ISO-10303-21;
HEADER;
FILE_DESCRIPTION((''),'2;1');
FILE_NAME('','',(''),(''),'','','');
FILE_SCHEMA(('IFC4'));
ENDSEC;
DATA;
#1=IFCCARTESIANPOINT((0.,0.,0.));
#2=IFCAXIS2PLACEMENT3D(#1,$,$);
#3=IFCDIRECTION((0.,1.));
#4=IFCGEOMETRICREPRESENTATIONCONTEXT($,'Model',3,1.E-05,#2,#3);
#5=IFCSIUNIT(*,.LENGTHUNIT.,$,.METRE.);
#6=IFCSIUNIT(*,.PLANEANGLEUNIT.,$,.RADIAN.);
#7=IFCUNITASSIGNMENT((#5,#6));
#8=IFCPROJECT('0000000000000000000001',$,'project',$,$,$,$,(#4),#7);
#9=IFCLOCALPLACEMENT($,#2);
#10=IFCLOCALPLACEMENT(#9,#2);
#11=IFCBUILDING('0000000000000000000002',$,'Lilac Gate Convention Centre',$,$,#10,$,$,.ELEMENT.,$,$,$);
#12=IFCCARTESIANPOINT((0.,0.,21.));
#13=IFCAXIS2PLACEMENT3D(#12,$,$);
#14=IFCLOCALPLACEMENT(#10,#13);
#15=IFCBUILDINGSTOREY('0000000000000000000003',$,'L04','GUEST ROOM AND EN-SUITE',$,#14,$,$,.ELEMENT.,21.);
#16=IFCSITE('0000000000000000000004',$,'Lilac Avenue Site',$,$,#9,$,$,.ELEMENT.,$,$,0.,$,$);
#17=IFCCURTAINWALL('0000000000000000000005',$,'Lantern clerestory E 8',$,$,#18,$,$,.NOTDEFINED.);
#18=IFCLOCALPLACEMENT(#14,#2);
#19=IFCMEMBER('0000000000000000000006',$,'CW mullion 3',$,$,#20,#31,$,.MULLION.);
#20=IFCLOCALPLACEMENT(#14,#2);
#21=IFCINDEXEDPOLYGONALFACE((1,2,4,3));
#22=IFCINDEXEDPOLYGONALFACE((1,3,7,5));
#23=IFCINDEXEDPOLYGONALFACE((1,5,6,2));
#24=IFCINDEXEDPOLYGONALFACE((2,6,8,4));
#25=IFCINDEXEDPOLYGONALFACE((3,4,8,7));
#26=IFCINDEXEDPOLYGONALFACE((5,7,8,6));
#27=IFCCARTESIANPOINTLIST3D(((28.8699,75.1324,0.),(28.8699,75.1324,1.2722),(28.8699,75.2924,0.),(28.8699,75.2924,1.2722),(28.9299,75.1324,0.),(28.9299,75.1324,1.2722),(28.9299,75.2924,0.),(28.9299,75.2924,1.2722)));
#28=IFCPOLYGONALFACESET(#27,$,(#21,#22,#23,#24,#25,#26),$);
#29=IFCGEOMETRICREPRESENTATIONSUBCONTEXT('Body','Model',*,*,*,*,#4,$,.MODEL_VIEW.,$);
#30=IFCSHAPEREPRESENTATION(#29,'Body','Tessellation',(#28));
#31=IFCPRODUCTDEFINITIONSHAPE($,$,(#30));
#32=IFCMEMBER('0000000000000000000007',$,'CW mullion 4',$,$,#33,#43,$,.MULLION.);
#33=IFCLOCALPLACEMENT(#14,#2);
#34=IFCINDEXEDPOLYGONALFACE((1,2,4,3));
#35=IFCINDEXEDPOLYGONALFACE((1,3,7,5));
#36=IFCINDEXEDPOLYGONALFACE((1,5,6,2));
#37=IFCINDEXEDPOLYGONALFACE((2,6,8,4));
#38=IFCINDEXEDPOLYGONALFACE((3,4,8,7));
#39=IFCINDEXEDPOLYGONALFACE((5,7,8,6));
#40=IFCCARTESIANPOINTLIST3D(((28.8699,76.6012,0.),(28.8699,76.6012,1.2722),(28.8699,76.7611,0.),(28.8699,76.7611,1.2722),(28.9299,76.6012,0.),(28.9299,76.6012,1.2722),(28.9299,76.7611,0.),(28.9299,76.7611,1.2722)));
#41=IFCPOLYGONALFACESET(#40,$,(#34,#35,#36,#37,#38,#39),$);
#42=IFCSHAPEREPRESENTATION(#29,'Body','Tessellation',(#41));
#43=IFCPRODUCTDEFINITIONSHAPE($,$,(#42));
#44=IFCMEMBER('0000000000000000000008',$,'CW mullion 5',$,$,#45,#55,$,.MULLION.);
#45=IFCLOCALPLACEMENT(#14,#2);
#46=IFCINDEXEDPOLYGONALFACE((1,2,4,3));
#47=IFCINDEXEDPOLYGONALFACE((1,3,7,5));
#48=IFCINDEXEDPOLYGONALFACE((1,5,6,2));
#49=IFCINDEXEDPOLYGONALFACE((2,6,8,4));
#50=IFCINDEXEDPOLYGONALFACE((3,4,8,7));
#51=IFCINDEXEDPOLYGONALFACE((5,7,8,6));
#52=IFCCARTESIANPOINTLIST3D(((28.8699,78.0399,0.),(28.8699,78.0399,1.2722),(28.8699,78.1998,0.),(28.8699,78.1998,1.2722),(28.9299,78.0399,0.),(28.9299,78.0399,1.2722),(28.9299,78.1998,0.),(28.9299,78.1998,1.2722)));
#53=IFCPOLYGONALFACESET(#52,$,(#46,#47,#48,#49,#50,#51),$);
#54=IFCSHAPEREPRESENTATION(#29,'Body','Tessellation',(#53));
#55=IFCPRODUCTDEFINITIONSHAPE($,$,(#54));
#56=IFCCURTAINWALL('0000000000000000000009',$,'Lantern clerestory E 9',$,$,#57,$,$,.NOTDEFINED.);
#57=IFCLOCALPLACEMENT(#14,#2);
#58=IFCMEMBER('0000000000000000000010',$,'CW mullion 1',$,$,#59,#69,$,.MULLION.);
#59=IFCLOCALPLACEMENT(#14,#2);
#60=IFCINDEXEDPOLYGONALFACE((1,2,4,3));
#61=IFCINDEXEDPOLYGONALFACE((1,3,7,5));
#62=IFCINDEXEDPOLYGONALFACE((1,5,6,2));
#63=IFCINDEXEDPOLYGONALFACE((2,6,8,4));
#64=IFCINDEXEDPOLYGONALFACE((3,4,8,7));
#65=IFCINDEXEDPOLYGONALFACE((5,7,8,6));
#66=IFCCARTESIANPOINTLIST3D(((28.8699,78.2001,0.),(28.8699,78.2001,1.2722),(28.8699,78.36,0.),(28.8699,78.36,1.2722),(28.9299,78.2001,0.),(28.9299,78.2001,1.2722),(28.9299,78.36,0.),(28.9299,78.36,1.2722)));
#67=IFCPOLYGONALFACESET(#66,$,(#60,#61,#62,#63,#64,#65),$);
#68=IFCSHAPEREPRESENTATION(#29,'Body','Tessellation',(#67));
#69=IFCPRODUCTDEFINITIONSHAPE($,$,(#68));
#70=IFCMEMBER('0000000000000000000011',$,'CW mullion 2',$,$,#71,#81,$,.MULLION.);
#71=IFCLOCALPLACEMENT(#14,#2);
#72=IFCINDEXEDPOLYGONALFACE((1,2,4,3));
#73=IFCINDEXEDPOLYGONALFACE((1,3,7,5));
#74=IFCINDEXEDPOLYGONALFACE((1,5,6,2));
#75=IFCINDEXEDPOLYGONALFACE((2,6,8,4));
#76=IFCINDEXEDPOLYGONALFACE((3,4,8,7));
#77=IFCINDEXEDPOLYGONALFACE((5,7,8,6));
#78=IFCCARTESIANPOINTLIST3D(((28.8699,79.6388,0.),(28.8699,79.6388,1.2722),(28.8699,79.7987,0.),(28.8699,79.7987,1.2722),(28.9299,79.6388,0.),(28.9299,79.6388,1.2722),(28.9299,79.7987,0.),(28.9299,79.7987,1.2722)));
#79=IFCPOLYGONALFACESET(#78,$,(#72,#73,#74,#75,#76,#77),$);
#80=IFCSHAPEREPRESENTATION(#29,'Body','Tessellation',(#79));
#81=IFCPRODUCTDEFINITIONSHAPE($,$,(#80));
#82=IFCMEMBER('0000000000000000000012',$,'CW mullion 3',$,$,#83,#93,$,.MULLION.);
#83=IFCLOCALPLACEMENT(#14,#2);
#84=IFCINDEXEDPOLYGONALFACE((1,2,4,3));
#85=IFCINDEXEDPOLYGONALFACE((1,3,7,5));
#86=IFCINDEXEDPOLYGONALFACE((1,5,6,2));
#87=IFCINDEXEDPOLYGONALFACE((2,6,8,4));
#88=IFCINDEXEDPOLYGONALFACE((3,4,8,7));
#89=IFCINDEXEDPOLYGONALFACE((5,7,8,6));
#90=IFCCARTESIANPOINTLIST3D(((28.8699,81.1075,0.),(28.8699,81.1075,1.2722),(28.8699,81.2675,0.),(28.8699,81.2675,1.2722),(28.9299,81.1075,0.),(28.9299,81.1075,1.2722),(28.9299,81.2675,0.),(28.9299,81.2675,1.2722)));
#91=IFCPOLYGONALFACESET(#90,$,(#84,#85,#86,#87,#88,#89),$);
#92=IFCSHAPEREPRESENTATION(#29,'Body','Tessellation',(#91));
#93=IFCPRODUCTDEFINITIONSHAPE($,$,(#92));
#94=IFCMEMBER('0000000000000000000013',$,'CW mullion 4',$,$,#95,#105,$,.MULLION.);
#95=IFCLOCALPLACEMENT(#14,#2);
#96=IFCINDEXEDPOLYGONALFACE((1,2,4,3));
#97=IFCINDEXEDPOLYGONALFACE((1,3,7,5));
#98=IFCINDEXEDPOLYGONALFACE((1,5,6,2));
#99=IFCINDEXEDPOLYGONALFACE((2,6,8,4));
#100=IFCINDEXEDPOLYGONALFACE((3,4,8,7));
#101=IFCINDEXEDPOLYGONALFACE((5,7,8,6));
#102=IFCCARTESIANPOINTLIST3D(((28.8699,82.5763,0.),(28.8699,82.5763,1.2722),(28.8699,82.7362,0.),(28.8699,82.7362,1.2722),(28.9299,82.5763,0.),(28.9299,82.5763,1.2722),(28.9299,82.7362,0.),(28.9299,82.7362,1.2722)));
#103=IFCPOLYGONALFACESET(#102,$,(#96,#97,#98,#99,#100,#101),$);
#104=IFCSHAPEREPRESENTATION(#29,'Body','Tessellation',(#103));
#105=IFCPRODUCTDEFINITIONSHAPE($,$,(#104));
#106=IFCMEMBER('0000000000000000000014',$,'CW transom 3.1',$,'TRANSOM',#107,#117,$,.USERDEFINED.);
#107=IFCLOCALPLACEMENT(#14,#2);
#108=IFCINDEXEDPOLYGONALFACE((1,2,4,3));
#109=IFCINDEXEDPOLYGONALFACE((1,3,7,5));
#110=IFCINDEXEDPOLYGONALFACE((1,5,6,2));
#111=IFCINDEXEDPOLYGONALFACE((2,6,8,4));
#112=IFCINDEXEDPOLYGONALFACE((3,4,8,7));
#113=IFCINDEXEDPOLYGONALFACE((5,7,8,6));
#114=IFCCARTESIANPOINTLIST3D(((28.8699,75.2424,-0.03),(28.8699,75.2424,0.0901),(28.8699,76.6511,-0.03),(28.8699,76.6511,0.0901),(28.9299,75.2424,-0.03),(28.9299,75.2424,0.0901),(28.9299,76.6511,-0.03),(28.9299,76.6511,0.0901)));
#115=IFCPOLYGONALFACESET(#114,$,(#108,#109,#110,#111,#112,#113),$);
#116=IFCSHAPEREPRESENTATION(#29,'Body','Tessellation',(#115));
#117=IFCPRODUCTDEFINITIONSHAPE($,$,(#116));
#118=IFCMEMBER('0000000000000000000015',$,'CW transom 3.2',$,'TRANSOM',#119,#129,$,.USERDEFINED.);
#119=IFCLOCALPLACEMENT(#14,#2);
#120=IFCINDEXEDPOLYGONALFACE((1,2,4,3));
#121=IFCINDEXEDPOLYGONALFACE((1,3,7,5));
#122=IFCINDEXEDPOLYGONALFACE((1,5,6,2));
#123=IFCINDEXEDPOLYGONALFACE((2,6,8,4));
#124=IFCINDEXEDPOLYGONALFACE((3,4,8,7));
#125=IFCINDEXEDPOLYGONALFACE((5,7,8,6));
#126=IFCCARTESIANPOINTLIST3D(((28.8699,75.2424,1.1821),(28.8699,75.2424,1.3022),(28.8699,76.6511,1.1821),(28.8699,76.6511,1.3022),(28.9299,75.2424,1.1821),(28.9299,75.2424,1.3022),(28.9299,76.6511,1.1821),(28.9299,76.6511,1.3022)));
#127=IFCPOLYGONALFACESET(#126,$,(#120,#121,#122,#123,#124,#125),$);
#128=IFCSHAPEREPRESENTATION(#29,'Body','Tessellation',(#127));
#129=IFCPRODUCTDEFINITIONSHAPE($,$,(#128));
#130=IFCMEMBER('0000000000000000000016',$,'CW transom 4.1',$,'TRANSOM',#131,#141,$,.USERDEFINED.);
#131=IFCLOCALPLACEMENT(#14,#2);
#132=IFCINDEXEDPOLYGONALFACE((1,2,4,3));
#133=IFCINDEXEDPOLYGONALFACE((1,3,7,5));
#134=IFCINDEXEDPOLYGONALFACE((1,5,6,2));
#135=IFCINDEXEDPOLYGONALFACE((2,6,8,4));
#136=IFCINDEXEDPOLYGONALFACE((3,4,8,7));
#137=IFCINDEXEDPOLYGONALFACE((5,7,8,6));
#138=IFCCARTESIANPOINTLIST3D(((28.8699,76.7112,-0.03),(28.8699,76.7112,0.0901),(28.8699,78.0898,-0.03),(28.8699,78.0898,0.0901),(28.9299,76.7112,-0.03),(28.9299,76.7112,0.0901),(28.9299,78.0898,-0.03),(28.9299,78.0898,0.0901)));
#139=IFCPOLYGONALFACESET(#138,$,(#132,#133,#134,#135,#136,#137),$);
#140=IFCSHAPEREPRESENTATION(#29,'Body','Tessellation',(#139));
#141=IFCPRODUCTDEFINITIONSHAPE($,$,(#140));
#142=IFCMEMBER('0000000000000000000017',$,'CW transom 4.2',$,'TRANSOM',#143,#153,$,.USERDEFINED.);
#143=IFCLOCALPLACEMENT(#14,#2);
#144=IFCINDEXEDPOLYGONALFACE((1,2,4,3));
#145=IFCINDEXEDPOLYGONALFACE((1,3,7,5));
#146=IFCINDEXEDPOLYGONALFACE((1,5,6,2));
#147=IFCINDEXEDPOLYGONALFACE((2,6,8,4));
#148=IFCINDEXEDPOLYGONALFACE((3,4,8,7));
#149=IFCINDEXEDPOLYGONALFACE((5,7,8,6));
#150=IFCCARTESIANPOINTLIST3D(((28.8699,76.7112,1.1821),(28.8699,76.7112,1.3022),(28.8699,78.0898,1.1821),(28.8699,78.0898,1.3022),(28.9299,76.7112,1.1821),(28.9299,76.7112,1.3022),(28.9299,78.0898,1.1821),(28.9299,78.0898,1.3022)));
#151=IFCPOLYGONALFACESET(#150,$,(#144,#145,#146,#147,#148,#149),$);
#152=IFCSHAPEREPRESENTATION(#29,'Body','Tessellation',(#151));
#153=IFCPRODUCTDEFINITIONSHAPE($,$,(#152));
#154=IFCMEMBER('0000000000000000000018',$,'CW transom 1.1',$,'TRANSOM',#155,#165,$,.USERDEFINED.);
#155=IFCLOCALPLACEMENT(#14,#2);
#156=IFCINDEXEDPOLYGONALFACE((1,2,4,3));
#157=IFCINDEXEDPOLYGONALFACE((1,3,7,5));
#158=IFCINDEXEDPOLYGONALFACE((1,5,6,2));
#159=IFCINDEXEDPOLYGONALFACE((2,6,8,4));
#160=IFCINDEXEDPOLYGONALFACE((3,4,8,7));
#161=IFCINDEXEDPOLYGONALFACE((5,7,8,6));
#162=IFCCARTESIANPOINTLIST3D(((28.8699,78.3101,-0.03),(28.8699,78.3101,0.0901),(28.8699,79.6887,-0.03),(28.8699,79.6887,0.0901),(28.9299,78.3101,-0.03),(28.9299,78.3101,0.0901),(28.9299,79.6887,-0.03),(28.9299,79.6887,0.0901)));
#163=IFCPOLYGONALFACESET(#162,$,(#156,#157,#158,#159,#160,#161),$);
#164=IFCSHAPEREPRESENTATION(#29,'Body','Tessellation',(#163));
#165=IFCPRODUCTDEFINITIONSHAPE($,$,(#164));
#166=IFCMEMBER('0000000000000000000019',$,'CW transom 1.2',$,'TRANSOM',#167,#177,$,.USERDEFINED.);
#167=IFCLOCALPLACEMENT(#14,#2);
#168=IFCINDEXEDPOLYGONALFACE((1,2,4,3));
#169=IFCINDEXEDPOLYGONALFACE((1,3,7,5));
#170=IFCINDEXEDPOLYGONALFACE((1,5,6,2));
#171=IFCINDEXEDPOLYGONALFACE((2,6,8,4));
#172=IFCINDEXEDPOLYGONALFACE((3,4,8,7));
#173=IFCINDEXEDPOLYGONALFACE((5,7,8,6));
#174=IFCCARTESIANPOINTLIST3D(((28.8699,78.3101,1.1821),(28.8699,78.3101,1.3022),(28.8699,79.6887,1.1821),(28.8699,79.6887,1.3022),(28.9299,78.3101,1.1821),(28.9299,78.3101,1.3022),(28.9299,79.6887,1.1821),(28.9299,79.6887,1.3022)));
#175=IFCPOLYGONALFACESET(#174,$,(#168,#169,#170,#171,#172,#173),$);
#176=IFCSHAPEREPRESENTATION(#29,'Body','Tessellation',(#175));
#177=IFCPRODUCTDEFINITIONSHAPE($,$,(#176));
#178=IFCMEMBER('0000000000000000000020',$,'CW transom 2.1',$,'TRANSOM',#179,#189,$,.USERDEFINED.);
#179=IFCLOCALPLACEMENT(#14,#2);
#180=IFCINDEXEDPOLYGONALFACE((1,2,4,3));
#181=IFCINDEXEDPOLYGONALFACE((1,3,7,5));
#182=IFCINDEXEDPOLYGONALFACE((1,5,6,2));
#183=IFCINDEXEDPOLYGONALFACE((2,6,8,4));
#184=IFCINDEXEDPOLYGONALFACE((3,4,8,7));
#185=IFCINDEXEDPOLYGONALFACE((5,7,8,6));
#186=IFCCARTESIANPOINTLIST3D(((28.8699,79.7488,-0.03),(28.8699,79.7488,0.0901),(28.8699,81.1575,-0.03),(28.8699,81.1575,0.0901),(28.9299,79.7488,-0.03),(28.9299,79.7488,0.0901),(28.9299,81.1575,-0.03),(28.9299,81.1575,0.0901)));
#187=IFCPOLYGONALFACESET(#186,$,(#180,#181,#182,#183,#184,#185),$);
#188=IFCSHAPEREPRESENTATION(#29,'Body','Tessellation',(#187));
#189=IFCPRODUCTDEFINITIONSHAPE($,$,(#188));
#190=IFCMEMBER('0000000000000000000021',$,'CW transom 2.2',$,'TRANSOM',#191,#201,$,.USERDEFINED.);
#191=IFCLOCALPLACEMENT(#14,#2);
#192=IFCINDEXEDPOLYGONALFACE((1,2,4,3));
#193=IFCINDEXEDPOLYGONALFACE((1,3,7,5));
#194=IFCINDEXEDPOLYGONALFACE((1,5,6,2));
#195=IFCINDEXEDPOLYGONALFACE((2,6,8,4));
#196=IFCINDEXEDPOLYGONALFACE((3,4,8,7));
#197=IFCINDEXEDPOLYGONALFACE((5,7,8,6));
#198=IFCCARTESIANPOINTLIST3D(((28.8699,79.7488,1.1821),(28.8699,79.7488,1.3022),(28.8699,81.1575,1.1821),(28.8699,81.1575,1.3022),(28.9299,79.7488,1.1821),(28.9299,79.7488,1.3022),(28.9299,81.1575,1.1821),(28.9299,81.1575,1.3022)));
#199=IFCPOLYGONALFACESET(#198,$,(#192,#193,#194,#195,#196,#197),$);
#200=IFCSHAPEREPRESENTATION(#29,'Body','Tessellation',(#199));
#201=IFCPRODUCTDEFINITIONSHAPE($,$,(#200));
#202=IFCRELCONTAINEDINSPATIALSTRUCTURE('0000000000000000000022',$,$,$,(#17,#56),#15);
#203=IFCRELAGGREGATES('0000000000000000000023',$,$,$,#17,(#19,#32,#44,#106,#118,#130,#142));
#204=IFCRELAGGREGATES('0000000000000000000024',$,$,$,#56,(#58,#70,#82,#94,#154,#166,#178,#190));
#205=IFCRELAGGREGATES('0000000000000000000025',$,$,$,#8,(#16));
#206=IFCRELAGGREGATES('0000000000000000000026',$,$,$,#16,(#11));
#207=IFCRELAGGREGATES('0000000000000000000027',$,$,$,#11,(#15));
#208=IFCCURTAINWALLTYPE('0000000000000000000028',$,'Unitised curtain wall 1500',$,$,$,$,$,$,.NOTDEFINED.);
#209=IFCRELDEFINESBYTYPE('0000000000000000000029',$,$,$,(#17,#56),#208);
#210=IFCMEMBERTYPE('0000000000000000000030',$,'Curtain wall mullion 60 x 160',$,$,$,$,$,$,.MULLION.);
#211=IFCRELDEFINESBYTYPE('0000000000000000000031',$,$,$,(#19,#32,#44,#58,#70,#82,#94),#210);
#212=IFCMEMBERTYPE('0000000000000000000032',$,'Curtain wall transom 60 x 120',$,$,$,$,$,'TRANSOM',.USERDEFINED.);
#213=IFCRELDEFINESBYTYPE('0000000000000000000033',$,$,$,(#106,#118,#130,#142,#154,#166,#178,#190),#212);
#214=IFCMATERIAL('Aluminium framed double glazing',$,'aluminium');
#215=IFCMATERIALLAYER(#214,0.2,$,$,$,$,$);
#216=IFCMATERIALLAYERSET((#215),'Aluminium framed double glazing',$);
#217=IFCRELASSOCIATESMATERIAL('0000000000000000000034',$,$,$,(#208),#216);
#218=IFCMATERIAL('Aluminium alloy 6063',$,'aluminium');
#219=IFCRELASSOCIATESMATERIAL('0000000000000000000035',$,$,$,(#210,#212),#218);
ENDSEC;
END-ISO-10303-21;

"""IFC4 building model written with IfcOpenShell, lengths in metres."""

from ifc_helpers import new_model, si_unit, direction, frame, origin, origin_2d, place, context, subcontext, project, spatial, rectangle, extrude, material, layer, layer_set, material_profile, profile_set, type_object, element, aggregate, save


model = new_model("IFC4")

# Units and contexts
model_context = context("Model", 3, precision=1e-05, world=origin(), true_north=direction((0.0, 1.0)))
body_context = subcontext(model_context, "Body", "Model", "MODEL_VIEW")
ifc_project = project(units=[si_unit("LENGTHUNIT", "METRE"), si_unit("PLANEANGLEUNIT", "RADIAN")], contexts=[model_context])

# Site, building, storey
site_placement = place(None, origin())
site = spatial("IfcSite", under=ifc_project, at=site_placement, Name="Lilac Avenue Site", CompositionType="ELEMENT", RefElevation=0.0)
building_placement = place(site_placement, origin())
building = spatial("IfcBuilding", under=site, at=building_placement, Name="Lilac Gate Convention Centre", CompositionType="ELEMENT")
storey_placement = place(building_placement, frame((0.0, 0.0, 21.0)))
storey = spatial("IfcBuildingStorey", under=building, at=storey_placement, Name="L04", Description="GUEST ROOM AND EN-SUITE", CompositionType="ELEMENT", Elevation=21.0)

# Curtain walls, members
ifc_material_1 = material(Name="Aluminium framed double glazing", Category="aluminium")
ifc_layer_1 = layer(ifc_material_1, 0.2)
ifc_layer_set_1 = layer_set([ifc_layer_1], Name="Aluminium framed double glazing")
curtain_wall_type = type_object("IfcCurtainWallType", Name="Unitised curtain wall 1500", PredefinedType="NOTDEFINED", material=ifc_layer_set_1)
curtain_wall_1_placement = place(storey_placement, origin())
curtain_wall_1 = element("IfcCurtainWall", 1, at=curtain_wall_1_placement, inside=storey, type_object=curtain_wall_type, Name="Lantern clerestory E 8", PredefinedType="NOTDEFINED")
ifc_material_2 = material(Name="Aluminium alloy 6063", Category="aluminium")
ifc_material_profile_1 = material_profile(ifc_material_2, rectangle(XDim=0.0601, YDim=0.1599, at=origin_2d()), Name="Curtain wall mullion 60 x 160")
ifc_profile_set_1 = profile_set([ifc_material_profile_1], Name="Aluminium alloy 6063")
member_type_1 = type_object("IfcMemberType", Name="Curtain wall mullion 60 x 160", PredefinedType="MULLION", material=ifc_profile_set_1)
member_1_placement = place(storey_placement, frame((28.8999, 75.2124, 0.0), z_axis=(0.0, 0.0, 1.0), x_axis=(-1.0, 0.0, 0.0)))
member_1 = element("IfcMember", 2, at=member_1_placement, type_object=member_type_1, Name="CW mullion 3", PredefinedType="MULLION", context=body_context, shape_type="SweptSolid", body=[
    extrude(rectangle(XDim=0.0601, YDim=0.1599, at=origin_2d()), origin(), (0.0, 0.0, 1.0), 1.2722),
])
member_2_placement = place(storey_placement, frame((28.8999, 76.6812, 0.0), z_axis=(0.0, 0.0, 1.0), x_axis=(-1.0, 0.0, 0.0)))
member_2 = element("IfcMember", 3, at=member_2_placement, type_object=member_type_1, Name="CW mullion 4", PredefinedType="MULLION", context=body_context, shape_type="SweptSolid", body=[
    extrude(rectangle(XDim=0.0601, YDim=0.1599, at=origin_2d()), origin(), (0.0, 0.0, 1.0), 1.2722),
])
member_3_placement = place(storey_placement, frame((28.8999, 78.1199, 0.0), z_axis=(0.0, 0.0, 1.0), x_axis=(-1.0, 0.0, 0.0)))
member_3 = element("IfcMember", 4, at=member_3_placement, type_object=member_type_1, Name="CW mullion 5", PredefinedType="MULLION", context=body_context, shape_type="SweptSolid", body=[
    extrude(rectangle(XDim=0.0601, YDim=0.1599, at=origin_2d()), origin(), (0.0, 0.0, 1.0), 1.2722),
])
curtain_wall_2_placement = place(storey_placement, origin())
curtain_wall_2 = element("IfcCurtainWall", 5, at=curtain_wall_2_placement, inside=storey, type_object=curtain_wall_type, Name="Lantern clerestory E 9", PredefinedType="NOTDEFINED")
member_4_placement = place(storey_placement, frame((28.8999, 78.28, 0.0), z_axis=(0.0, 0.0, 1.0), x_axis=(-1.0, 0.0, 0.0)))
member_4 = element("IfcMember", 6, at=member_4_placement, type_object=member_type_1, Name="CW mullion 1", PredefinedType="MULLION", context=body_context, shape_type="SweptSolid", body=[
    extrude(rectangle(XDim=0.0601, YDim=0.1599, at=origin_2d()), origin(), (0.0, 0.0, 1.0), 1.2722),
])
member_5_placement = place(storey_placement, frame((28.8999, 79.7188, 0.0), z_axis=(0.0, 0.0, 1.0), x_axis=(-1.0, 0.0, 0.0)))
member_5 = element("IfcMember", 7, at=member_5_placement, type_object=member_type_1, Name="CW mullion 2", PredefinedType="MULLION", context=body_context, shape_type="SweptSolid", body=[
    extrude(rectangle(XDim=0.0601, YDim=0.1599, at=origin_2d()), origin(), (0.0, 0.0, 1.0), 1.2722),
])
member_6_placement = place(storey_placement, frame((28.8999, 81.1875, 0.0), z_axis=(0.0, 0.0, 1.0), x_axis=(-1.0, 0.0, 0.0)))
member_6 = element("IfcMember", 8, at=member_6_placement, type_object=member_type_1, Name="CW mullion 3", PredefinedType="MULLION", context=body_context, shape_type="SweptSolid", body=[
    extrude(rectangle(XDim=0.0601, YDim=0.1599, at=origin_2d()), origin(), (0.0, 0.0, 1.0), 1.2722),
])
member_7_placement = place(storey_placement, frame((28.8999, 82.6562, 0.0), z_axis=(0.0, 0.0, 1.0), x_axis=(-1.0, 0.0, 0.0)))
member_7 = element("IfcMember", 9, at=member_7_placement, type_object=member_type_1, Name="CW mullion 4", PredefinedType="MULLION", context=body_context, shape_type="SweptSolid", body=[
    extrude(rectangle(XDim=0.0601, YDim=0.1599, at=origin_2d()), origin(), (0.0, 0.0, 1.0), 1.2722),
])

# Members
ifc_material_profile_2 = material_profile(ifc_material_2, rectangle(XDim=0.0601, YDim=0.1201, at=origin_2d()), Name="Curtain wall transom 60 x 120")
ifc_profile_set_2 = profile_set([ifc_material_profile_2], Name="Aluminium alloy 6063")
member_type_2 = type_object("IfcMemberType", Name="Curtain wall transom 60 x 120", ElementType="TRANSOM", PredefinedType="USERDEFINED", material=ifc_profile_set_2)
member_8_placement = place(storey_placement, frame((28.8999, 75.2424, 0.03), z_axis=(0.0, 1.0, 0.0), x_axis=(-1.0, 0.0, 0.0)))
member_8 = element("IfcMember", 10, at=member_8_placement, type_object=member_type_2, Name="CW transom 3.1", ObjectType="TRANSOM", PredefinedType="USERDEFINED", context=body_context, shape_type="SweptSolid", body=[
    extrude(rectangle(XDim=0.0601, YDim=0.1201, at=origin_2d()), origin(), (0.0, 0.0, 1.0), 1.4087),
])
member_9_placement = place(storey_placement, frame((28.8999, 75.2424, 1.2422), z_axis=(0.0, 1.0, 0.0), x_axis=(-1.0, 0.0, 0.0)))
member_9 = element("IfcMember", 11, at=member_9_placement, type_object=member_type_2, Name="CW transom 3.2", ObjectType="TRANSOM", PredefinedType="USERDEFINED", context=body_context, shape_type="SweptSolid", body=[
    extrude(rectangle(XDim=0.0601, YDim=0.1201, at=origin_2d()), origin(), (0.0, 0.0, 1.0), 1.4087),
])
member_10_placement = place(storey_placement, frame((28.8999, 76.7112, 0.03), z_axis=(0.0, 1.0, 0.0), x_axis=(-1.0, 0.0, 0.0)))
member_10 = element("IfcMember", 12, at=member_10_placement, type_object=member_type_2, Name="CW transom 4.1", ObjectType="TRANSOM", PredefinedType="USERDEFINED", context=body_context, shape_type="SweptSolid", body=[
    extrude(rectangle(XDim=0.0601, YDim=0.1201, at=origin_2d()), origin(), (0.0, 0.0, 1.0), 1.3787),
])
member_11_placement = place(storey_placement, frame((28.8999, 76.7112, 1.2422), z_axis=(0.0, 1.0, 0.0), x_axis=(-1.0, 0.0, 0.0)))
member_11 = element("IfcMember", 13, at=member_11_placement, type_object=member_type_2, Name="CW transom 4.2", ObjectType="TRANSOM", PredefinedType="USERDEFINED", context=body_context, shape_type="SweptSolid", body=[
    extrude(rectangle(XDim=0.0601, YDim=0.1201, at=origin_2d()), origin(), (0.0, 0.0, 1.0), 1.3787),
])
member_12_placement = place(storey_placement, frame((28.8999, 78.3101, 0.03), z_axis=(0.0, 1.0, 0.0), x_axis=(-1.0, 0.0, 0.0)))
member_12 = element("IfcMember", 14, at=member_12_placement, type_object=member_type_2, Name="CW transom 1.1", ObjectType="TRANSOM", PredefinedType="USERDEFINED", context=body_context, shape_type="SweptSolid", body=[
    extrude(rectangle(XDim=0.0601, YDim=0.1201, at=origin_2d()), origin(), (0.0, 0.0, 1.0), 1.3787),
])
member_13_placement = place(storey_placement, frame((28.8999, 78.3101, 1.2422), z_axis=(0.0, 1.0, 0.0), x_axis=(-1.0, 0.0, 0.0)))
member_13 = element("IfcMember", 15, at=member_13_placement, type_object=member_type_2, Name="CW transom 1.2", ObjectType="TRANSOM", PredefinedType="USERDEFINED", context=body_context, shape_type="SweptSolid", body=[
    extrude(rectangle(XDim=0.0601, YDim=0.1201, at=origin_2d()), origin(), (0.0, 0.0, 1.0), 1.3787),
])
member_14_placement = place(storey_placement, frame((28.8999, 79.7488, 0.03), z_axis=(0.0, 1.0, 0.0), x_axis=(-1.0, 0.0, 0.0)))
member_14 = element("IfcMember", 16, at=member_14_placement, type_object=member_type_2, Name="CW transom 2.1", ObjectType="TRANSOM", PredefinedType="USERDEFINED", context=body_context, shape_type="SweptSolid", body=[
    extrude(rectangle(XDim=0.0601, YDim=0.1201, at=origin_2d()), origin(), (0.0, 0.0, 1.0), 1.4087),
])
member_15_placement = place(storey_placement, frame((28.8999, 79.7488, 1.2422), z_axis=(0.0, 1.0, 0.0), x_axis=(-1.0, 0.0, 0.0)))
member_15 = element("IfcMember", 17, at=member_15_placement, type_object=member_type_2, Name="CW transom 2.2", ObjectType="TRANSOM", PredefinedType="USERDEFINED", context=body_context, shape_type="SweptSolid", body=[
    extrude(rectangle(XDim=0.0601, YDim=0.1201, at=origin_2d()), origin(), (0.0, 0.0, 1.0), 1.4087),
])

aggregate(curtain_wall_1, [member_1, member_2, member_3, member_8, member_9, member_10, member_11])
aggregate(curtain_wall_2, [member_4, member_5, member_6, member_7, member_12, member_13, member_14, member_15])

save(model, "model.ifc")
